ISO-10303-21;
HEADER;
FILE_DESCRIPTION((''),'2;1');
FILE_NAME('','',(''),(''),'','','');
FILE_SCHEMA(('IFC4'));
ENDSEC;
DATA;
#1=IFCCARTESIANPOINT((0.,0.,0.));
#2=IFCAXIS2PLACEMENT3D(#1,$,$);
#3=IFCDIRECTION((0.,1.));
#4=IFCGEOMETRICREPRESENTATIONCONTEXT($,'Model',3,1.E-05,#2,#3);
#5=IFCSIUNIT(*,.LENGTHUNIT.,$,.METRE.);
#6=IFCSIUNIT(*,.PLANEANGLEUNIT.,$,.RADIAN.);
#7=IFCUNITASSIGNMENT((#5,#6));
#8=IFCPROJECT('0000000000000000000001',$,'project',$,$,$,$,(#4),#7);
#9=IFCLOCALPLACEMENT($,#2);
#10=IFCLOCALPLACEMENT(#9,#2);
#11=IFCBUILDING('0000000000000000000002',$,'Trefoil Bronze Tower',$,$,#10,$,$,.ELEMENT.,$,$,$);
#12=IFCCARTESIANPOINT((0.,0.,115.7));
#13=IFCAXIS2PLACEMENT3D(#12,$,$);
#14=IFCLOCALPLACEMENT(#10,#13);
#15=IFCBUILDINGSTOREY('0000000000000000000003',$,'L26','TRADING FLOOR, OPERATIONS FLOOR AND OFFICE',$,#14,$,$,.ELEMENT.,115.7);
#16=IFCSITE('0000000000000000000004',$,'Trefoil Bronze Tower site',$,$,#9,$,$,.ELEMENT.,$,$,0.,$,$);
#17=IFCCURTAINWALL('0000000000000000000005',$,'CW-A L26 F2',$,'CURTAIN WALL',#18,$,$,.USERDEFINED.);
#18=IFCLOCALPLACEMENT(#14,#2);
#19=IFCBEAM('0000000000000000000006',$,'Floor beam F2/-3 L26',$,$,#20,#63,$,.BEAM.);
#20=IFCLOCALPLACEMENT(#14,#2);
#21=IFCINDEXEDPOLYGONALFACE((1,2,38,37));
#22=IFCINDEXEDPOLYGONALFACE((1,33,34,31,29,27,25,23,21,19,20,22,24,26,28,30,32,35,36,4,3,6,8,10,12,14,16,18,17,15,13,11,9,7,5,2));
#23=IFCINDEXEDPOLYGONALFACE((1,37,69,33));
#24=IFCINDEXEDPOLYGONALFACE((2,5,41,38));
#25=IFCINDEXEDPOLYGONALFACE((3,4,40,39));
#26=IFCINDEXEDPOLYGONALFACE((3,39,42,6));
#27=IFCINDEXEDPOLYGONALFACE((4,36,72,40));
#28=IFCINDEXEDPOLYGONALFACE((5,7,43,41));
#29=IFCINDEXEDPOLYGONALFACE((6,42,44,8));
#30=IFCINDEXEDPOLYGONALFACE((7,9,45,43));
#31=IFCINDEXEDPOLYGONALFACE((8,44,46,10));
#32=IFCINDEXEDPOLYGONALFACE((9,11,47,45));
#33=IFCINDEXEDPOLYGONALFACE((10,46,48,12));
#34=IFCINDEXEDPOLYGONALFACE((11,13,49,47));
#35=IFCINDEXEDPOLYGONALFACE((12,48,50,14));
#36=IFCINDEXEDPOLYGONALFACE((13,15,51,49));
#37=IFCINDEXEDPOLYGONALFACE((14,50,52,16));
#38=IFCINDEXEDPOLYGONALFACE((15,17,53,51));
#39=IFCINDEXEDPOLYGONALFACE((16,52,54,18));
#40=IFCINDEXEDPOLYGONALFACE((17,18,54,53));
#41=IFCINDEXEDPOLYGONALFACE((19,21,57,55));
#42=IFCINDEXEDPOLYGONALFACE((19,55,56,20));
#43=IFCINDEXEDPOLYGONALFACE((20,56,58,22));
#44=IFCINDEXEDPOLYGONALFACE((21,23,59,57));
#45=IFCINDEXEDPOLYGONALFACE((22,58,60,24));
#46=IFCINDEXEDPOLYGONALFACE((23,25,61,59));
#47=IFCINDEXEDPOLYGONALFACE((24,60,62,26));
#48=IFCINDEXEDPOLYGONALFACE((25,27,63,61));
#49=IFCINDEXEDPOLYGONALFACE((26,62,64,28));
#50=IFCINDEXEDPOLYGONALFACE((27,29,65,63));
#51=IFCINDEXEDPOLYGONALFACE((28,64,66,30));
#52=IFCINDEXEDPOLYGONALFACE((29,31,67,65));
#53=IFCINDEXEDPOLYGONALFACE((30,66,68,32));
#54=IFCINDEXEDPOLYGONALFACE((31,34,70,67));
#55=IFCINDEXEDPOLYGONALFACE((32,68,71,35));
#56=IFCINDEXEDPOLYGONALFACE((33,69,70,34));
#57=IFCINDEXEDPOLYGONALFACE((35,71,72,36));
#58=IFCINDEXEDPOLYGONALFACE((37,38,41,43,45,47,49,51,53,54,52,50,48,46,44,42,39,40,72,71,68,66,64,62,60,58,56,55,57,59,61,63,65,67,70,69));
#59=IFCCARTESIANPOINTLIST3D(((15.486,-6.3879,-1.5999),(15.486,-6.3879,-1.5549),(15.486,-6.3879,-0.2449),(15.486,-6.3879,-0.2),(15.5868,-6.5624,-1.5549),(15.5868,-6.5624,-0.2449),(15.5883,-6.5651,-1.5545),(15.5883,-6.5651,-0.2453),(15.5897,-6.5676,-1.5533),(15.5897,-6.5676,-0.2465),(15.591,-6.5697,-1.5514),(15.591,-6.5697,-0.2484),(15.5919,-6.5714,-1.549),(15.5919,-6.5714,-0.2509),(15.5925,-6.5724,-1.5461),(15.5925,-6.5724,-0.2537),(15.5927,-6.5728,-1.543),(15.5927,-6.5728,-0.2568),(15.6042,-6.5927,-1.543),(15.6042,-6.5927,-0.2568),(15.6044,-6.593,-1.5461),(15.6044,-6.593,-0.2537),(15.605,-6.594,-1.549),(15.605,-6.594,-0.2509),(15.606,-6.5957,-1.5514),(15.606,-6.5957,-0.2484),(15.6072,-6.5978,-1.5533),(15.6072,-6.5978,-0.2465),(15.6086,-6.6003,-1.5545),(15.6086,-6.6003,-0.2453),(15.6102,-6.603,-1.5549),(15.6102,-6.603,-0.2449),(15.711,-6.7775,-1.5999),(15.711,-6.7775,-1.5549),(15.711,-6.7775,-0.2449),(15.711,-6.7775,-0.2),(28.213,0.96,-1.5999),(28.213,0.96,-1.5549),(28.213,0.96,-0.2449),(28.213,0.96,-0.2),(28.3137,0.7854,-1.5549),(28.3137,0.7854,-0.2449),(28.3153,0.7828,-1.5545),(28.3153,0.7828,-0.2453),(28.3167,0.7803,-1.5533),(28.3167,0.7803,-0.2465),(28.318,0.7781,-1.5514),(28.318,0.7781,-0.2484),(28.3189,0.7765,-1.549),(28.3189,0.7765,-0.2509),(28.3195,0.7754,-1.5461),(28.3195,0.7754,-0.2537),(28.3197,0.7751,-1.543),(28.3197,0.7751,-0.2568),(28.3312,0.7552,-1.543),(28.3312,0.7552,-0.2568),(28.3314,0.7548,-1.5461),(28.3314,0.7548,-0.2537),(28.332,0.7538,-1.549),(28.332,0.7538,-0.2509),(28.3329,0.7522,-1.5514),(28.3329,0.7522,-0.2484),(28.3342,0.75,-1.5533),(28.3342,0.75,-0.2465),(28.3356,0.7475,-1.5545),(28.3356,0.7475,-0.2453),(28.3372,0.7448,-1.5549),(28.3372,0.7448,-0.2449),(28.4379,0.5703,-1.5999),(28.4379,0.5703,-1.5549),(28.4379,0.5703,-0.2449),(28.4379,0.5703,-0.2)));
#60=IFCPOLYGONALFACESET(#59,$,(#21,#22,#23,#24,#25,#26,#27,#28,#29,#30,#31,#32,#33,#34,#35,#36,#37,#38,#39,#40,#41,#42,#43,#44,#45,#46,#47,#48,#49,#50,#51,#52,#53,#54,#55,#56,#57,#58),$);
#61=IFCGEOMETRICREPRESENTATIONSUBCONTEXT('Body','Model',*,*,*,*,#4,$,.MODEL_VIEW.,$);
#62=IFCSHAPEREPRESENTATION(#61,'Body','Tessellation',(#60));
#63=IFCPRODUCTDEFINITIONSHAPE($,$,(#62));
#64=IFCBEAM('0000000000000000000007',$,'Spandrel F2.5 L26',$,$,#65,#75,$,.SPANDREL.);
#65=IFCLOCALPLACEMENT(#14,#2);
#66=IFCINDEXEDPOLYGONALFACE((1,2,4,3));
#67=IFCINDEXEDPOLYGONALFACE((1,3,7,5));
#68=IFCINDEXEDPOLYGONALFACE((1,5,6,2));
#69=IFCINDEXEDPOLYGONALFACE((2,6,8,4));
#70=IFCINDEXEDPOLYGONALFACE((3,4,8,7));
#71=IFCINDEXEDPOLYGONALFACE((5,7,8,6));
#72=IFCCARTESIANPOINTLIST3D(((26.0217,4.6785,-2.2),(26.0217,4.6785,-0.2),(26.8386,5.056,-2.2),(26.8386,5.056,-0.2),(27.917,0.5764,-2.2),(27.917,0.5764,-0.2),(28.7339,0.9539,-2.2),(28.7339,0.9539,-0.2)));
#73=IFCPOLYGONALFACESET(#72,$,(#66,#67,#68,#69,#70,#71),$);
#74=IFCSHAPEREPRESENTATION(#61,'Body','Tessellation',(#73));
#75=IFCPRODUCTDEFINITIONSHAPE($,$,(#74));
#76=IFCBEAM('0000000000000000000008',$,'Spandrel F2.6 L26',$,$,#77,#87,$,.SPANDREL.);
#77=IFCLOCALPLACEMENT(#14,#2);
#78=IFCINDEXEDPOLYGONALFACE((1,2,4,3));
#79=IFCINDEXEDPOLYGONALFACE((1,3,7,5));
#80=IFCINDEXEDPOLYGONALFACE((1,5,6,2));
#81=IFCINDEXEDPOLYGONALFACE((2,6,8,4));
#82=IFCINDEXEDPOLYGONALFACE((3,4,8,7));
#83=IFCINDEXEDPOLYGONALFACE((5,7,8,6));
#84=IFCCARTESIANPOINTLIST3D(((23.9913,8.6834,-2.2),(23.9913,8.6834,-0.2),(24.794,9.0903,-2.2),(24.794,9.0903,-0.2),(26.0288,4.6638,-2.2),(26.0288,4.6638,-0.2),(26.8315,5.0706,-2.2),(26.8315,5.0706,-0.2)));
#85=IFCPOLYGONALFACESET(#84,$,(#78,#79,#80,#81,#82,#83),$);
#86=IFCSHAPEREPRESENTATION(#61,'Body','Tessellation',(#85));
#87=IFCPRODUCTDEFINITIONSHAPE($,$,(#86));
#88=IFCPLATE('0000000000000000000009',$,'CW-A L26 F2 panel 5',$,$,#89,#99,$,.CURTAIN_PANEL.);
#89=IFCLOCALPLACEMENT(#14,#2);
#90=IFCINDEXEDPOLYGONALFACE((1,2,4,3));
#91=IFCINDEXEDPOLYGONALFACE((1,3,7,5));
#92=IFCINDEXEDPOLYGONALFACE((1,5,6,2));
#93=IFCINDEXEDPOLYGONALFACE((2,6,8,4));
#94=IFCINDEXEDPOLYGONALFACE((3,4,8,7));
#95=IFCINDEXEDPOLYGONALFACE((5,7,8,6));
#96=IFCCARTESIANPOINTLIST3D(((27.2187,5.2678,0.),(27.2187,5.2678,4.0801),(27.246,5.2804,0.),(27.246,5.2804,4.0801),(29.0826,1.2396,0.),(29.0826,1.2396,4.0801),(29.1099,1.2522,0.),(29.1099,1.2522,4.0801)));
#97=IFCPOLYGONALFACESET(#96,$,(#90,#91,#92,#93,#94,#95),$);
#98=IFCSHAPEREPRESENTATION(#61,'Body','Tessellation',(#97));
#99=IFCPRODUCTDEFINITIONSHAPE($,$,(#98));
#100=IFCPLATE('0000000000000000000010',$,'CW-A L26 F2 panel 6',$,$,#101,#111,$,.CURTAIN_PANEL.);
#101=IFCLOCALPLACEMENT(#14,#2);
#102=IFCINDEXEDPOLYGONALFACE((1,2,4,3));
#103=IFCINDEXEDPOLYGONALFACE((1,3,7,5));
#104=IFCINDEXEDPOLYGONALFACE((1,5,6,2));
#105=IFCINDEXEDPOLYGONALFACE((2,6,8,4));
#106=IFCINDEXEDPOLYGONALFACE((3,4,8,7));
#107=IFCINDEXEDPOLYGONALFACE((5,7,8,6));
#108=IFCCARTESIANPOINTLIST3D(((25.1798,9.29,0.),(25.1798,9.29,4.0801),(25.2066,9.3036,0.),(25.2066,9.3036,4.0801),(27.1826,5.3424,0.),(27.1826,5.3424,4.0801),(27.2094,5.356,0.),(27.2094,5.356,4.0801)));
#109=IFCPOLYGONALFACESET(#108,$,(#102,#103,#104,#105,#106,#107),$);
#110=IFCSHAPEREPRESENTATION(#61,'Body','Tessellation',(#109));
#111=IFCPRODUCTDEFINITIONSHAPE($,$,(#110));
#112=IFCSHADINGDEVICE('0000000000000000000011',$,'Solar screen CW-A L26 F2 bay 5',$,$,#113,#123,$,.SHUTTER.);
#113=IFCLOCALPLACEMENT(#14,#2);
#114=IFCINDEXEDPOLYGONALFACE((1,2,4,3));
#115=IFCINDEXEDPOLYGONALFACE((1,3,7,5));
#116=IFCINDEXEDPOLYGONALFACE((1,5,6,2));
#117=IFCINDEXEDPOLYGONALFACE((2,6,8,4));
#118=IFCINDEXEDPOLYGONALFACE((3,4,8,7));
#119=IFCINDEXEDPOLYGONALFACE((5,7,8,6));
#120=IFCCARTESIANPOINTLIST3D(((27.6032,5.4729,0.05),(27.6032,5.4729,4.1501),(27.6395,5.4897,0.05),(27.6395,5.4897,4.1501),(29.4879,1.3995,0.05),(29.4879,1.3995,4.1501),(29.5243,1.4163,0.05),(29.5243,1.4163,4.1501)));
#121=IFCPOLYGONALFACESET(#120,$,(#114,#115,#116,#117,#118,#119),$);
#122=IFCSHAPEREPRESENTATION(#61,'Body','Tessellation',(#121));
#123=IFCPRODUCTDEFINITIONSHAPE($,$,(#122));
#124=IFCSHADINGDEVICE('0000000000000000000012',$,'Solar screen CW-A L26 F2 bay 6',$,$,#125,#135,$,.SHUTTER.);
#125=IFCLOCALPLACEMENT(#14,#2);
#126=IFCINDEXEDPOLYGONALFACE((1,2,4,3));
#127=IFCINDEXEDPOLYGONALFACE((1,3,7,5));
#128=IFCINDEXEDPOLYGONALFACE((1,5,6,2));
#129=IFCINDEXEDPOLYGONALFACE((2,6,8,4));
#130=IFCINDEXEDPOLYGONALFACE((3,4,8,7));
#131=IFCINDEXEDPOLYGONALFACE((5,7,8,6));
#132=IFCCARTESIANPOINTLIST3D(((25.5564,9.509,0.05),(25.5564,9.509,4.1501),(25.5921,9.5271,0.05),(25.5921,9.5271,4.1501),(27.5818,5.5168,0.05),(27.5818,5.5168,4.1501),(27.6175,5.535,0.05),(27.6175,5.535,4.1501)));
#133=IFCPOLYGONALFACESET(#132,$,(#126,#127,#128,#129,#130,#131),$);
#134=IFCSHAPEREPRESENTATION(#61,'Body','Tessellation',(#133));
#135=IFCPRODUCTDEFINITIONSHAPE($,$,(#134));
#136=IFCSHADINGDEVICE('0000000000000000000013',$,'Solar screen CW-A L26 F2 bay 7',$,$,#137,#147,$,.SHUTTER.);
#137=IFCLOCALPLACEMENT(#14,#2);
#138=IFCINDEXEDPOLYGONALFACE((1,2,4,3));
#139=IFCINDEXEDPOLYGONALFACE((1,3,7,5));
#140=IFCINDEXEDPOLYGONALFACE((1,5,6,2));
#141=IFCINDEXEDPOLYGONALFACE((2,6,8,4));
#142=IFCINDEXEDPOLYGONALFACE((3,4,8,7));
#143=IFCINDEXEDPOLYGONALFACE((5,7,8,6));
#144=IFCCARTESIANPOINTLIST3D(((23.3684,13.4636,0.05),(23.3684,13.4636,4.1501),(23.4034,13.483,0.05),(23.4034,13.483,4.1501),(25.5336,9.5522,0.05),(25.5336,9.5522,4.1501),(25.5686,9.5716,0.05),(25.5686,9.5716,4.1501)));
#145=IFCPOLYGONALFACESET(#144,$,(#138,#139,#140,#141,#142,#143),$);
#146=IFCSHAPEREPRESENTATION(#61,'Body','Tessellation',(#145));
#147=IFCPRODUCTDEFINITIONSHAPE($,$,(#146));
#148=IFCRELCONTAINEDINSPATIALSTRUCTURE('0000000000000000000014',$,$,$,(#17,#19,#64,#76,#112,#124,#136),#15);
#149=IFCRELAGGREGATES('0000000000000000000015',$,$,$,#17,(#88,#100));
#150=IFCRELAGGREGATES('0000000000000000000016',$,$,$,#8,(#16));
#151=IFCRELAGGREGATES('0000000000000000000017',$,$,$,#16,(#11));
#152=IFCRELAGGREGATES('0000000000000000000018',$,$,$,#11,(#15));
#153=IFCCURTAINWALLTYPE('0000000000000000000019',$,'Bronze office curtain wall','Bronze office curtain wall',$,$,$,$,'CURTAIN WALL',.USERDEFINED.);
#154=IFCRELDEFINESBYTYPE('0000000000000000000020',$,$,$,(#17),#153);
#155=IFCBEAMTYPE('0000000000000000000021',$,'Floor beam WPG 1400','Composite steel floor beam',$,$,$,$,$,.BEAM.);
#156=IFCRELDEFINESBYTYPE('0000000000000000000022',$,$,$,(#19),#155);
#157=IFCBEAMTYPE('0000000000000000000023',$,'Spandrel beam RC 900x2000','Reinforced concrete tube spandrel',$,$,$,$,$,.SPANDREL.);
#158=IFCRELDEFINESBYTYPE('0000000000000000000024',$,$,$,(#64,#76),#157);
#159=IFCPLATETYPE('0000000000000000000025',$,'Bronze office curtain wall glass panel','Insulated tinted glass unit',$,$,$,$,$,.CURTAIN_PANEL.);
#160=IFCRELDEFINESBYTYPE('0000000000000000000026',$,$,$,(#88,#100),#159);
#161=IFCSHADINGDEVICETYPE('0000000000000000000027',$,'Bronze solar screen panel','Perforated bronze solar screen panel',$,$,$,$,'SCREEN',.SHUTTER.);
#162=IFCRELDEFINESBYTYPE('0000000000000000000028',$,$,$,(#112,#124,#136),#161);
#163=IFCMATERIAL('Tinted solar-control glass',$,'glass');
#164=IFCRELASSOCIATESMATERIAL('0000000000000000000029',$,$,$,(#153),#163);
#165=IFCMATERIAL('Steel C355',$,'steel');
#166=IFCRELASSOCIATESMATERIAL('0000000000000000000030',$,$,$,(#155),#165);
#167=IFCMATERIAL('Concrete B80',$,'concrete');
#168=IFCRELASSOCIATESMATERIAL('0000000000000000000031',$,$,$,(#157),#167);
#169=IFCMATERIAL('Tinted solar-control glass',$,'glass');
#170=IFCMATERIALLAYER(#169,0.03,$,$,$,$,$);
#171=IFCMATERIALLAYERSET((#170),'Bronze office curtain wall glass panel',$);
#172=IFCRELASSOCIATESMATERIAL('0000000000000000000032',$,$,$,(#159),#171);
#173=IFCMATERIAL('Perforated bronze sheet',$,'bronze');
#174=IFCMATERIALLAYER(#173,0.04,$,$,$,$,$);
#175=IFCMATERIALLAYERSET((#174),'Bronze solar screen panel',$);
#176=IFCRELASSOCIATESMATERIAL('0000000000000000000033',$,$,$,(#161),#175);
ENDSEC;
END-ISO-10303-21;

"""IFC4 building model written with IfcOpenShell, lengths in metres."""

from ifc_helpers import new_model, si_unit, direction, frame, origin, origin_2d, place, context, subcontext, project, spatial, rectangle, i_section, extrude, material, layer, layer_set, material_profile, profile_set, type_object, element, aggregate, save


model = new_model("IFC4")

# Units and contexts
model_context = context("Model", 3, precision=1e-05, world=origin(), true_north=direction((0.0, 1.0)))
body_context = subcontext(model_context, "Body", "Model", "MODEL_VIEW")
ifc_project = project(units=[si_unit("LENGTHUNIT", "METRE"), si_unit("PLANEANGLEUNIT", "RADIAN")], contexts=[model_context])

# Site, building, storey
site_placement = place(None, origin())
site = spatial("IfcSite", under=ifc_project, at=site_placement, Name="Trefoil Bronze Tower site", CompositionType="ELEMENT", RefElevation=0.0)
building_placement = place(site_placement, origin())
building = spatial("IfcBuilding", under=site, at=building_placement, Name="Trefoil Bronze Tower", CompositionType="ELEMENT")
storey_placement = place(building_placement, frame((0.0, 0.0, 115.7)))
storey = spatial("IfcBuildingStorey", under=building, at=storey_placement, Name="L26", Description="TRADING FLOOR, OPERATIONS FLOOR AND OFFICE", CompositionType="ELEMENT", Elevation=115.7)

# Curtain wall
ifc_material_1 = material(Name="Tinted solar-control glass", Category="glass")
curtain_wall_type = type_object("IfcCurtainWallType", Name="Bronze office curtain wall", Description="Bronze office curtain wall", ElementType="CURTAIN WALL", PredefinedType="USERDEFINED", material=ifc_material_1)
curtain_wall_placement = place(storey_placement, origin())
curtain_wall = element("IfcCurtainWall", 1, at=curtain_wall_placement, inside=storey, type_object=curtain_wall_type, Name="CW-A L26 F2", ObjectType="CURTAIN WALL", PredefinedType="USERDEFINED")

# Beams
ifc_material_2 = material(Name="Steel C355", Category="steel")
ifc_material_profile_1 = material_profile(ifc_material_2, i_section(OverallWidth=0.45, OverallDepth=1.3999, WebThickness=0.0229, FlangeThickness=0.0449, FilletRadius=0.012, at=origin_2d()), Name="WPG 1400")
ifc_profile_set_1 = profile_set([ifc_material_profile_1], Name="Steel C355")
beam_type_1 = type_object("IfcBeamType", Name="Floor beam WPG 1400", Description="Composite steel floor beam", PredefinedType="BEAM", material=ifc_profile_set_1)
beam_1_placement = place(storey_placement, frame((28.3254, 0.7651, -0.8999), z_axis=(-0.866027, -0.499997, 0.0), x_axis=(0.499997, -0.866027, 0.0)))
element("IfcBeam", 2, at=beam_1_placement, inside=storey, type_object=beam_type_1, Name="Floor beam F2/-3 L26", PredefinedType="BEAM", context=body_context, shape_type="SweptSolid", body=[
    extrude(i_section(OverallWidth=0.45, OverallDepth=1.3999, WebThickness=0.0229, FlangeThickness=0.0449, FilletRadius=0.012, at=origin_2d()), origin(), (0.0, 0.0, 1.0), 14.6958),
])
ifc_material_3 = material(Name="Concrete B80", Category="concrete")
ifc_material_profile_2 = material_profile(ifc_material_3, rectangle(XDim=0.8999, YDim=2.0, at=origin_2d()), Name="RC 900x2000")
ifc_profile_set_2 = profile_set([ifc_material_profile_2], Name="Concrete B80")
beam_type_2 = type_object("IfcBeamType", Name="Spandrel beam RC 900x2000", Description="Reinforced concrete tube spandrel", PredefinedType="SPANDREL", material=ifc_profile_set_2)
beam_2_placement = place(storey_placement, frame((28.3254, 0.7651, -1.2), z_axis=(-0.419425, 0.90779, 0.0), x_axis=(-0.90779, -0.419425, 0.0)))
element("IfcBeam", 3, at=beam_2_placement, inside=storey, type_object=beam_type_2, Name="Spandrel F2.5 L26", PredefinedType="SPANDREL", context=body_context, shape_type="SweptSolid", body=[
    extrude(rectangle(XDim=0.8999, YDim=2.0, at=origin_2d()), origin(), (0.0, 0.0, 1.0), 4.5188),
])
beam_3_placement = place(storey_placement, frame((26.4302, 4.8672, -1.2), z_axis=(-0.452126, 0.891954, 0.0), x_axis=(-0.891954, -0.452126, 0.0)))
element("IfcBeam", 4, at=beam_3_placement, inside=storey, type_object=beam_type_2, Name="Spandrel F2.6 L26", PredefinedType="SPANDREL", context=body_context, shape_type="SweptSolid", body=[
    extrude(rectangle(XDim=0.8999, YDim=2.0, at=origin_2d()), origin(), (0.0, 0.0, 1.0), 4.5066),
])

# Plates
ifc_material_4 = material(Name="Tinted solar-control glass", Category="glass")
ifc_layer_1 = layer(ifc_material_4, 0.03)
ifc_layer_set_1 = layer_set([ifc_layer_1], Name="Bronze office curtain wall glass panel")
plate_type = type_object("IfcPlateType", Name="Bronze office curtain wall glass panel", Description="Insulated tinted glass unit", PredefinedType="CURTAIN_PANEL", material=ifc_layer_set_1)
plate_1_placement = place(storey_placement, frame((28.1643, 3.26, 0.0), z_axis=(0.0, 0.0, 1.0), x_axis=(-0.419933, 0.907555, 0.0)))
plate_1 = element("IfcPlate", 5, at=plate_1_placement, type_object=plate_type, Name="CW-A L26 F2 panel 5", PredefinedType="CURTAIN_PANEL", context=body_context, shape_type="SweptSolid", body=[
    extrude(rectangle(XDim=4.4385, YDim=0.03, at=origin_2d()), origin(), (0.0, 0.0, 1.0), 4.0801),
])
plate_2_placement = place(storey_placement, frame((26.1946, 7.323, 0.0), z_axis=(0.0, 0.0, 1.0), x_axis=(-0.452449, 0.89179, 0.0)))
plate_2 = element("IfcPlate", 6, at=plate_2_placement, type_object=plate_type, Name="CW-A L26 F2 panel 6", PredefinedType="CURTAIN_PANEL", context=body_context, shape_type="SweptSolid", body=[
    extrude(rectangle(XDim=4.4265, YDim=0.03, at=origin_2d()), origin(), (0.0, 0.0, 1.0), 4.0801),
])
aggregate(curtain_wall, [plate_1, plate_2])

# Shading devices
ifc_material_5 = material(Name="Perforated bronze sheet", Category="bronze")
ifc_layer_2 = layer(ifc_material_5, 0.04)
ifc_layer_set_2 = layer_set([ifc_layer_2], Name="Bronze solar screen panel")
shading_device_type = type_object("IfcShadingDeviceType", Name="Bronze solar screen panel", Description="Perforated bronze solar screen panel", ElementType="SCREEN", PredefinedType="SHUTTER", material=ifc_layer_set_2)
shading_device_1_placement = place(storey_placement, frame((28.5637, 3.4446, 0.05), z_axis=(0.0, 0.0, 1.0), x_axis=(-0.419933, 0.907555, 0.0)))
element("IfcShadingDevice", 7, at=shading_device_1_placement, inside=storey, type_object=shading_device_type, Name="Solar screen CW-A L26 F2 bay 5", PredefinedType="SHUTTER", context=body_context, shape_type="SweptSolid", body=[
    extrude(rectangle(XDim=4.4883, YDim=0.04, at=origin_2d()), origin(), (0.0, 0.0, 1.0), 4.1001),
])
shading_device_2_placement = place(storey_placement, frame((26.5869, 7.522, 0.05), z_axis=(0.0, 0.0, 1.0), x_axis=(-0.452449, 0.89179, 0.0)))
element("IfcShadingDevice", 8, at=shading_device_2_placement, inside=storey, type_object=shading_device_type, Name="Solar screen CW-A L26 F2 bay 6", PredefinedType="SHUTTER", context=body_context, shape_type="SweptSolid", body=[
    extrude(rectangle(XDim=4.4766, YDim=0.04, at=origin_2d()), origin(), (0.0, 0.0, 1.0), 4.1001),
])
shading_device_3_placement = place(storey_placement, frame((24.4685, 11.5176, 0.05), z_axis=(0.0, 0.0, 1.0), x_axis=(-0.484312, 0.874895, 0.0)))
element("IfcShadingDevice", 9, at=shading_device_3_placement, inside=storey, type_object=shading_device_type, Name="Solar screen CW-A L26 F2 bay 7", PredefinedType="SHUTTER", context=body_context, shape_type="SweptSolid", body=[
    extrude(rectangle(XDim=4.4707, YDim=0.04, at=origin_2d()), origin(), (0.0, 0.0, 1.0), 4.1001),
])

save(model, "model.ifc")
